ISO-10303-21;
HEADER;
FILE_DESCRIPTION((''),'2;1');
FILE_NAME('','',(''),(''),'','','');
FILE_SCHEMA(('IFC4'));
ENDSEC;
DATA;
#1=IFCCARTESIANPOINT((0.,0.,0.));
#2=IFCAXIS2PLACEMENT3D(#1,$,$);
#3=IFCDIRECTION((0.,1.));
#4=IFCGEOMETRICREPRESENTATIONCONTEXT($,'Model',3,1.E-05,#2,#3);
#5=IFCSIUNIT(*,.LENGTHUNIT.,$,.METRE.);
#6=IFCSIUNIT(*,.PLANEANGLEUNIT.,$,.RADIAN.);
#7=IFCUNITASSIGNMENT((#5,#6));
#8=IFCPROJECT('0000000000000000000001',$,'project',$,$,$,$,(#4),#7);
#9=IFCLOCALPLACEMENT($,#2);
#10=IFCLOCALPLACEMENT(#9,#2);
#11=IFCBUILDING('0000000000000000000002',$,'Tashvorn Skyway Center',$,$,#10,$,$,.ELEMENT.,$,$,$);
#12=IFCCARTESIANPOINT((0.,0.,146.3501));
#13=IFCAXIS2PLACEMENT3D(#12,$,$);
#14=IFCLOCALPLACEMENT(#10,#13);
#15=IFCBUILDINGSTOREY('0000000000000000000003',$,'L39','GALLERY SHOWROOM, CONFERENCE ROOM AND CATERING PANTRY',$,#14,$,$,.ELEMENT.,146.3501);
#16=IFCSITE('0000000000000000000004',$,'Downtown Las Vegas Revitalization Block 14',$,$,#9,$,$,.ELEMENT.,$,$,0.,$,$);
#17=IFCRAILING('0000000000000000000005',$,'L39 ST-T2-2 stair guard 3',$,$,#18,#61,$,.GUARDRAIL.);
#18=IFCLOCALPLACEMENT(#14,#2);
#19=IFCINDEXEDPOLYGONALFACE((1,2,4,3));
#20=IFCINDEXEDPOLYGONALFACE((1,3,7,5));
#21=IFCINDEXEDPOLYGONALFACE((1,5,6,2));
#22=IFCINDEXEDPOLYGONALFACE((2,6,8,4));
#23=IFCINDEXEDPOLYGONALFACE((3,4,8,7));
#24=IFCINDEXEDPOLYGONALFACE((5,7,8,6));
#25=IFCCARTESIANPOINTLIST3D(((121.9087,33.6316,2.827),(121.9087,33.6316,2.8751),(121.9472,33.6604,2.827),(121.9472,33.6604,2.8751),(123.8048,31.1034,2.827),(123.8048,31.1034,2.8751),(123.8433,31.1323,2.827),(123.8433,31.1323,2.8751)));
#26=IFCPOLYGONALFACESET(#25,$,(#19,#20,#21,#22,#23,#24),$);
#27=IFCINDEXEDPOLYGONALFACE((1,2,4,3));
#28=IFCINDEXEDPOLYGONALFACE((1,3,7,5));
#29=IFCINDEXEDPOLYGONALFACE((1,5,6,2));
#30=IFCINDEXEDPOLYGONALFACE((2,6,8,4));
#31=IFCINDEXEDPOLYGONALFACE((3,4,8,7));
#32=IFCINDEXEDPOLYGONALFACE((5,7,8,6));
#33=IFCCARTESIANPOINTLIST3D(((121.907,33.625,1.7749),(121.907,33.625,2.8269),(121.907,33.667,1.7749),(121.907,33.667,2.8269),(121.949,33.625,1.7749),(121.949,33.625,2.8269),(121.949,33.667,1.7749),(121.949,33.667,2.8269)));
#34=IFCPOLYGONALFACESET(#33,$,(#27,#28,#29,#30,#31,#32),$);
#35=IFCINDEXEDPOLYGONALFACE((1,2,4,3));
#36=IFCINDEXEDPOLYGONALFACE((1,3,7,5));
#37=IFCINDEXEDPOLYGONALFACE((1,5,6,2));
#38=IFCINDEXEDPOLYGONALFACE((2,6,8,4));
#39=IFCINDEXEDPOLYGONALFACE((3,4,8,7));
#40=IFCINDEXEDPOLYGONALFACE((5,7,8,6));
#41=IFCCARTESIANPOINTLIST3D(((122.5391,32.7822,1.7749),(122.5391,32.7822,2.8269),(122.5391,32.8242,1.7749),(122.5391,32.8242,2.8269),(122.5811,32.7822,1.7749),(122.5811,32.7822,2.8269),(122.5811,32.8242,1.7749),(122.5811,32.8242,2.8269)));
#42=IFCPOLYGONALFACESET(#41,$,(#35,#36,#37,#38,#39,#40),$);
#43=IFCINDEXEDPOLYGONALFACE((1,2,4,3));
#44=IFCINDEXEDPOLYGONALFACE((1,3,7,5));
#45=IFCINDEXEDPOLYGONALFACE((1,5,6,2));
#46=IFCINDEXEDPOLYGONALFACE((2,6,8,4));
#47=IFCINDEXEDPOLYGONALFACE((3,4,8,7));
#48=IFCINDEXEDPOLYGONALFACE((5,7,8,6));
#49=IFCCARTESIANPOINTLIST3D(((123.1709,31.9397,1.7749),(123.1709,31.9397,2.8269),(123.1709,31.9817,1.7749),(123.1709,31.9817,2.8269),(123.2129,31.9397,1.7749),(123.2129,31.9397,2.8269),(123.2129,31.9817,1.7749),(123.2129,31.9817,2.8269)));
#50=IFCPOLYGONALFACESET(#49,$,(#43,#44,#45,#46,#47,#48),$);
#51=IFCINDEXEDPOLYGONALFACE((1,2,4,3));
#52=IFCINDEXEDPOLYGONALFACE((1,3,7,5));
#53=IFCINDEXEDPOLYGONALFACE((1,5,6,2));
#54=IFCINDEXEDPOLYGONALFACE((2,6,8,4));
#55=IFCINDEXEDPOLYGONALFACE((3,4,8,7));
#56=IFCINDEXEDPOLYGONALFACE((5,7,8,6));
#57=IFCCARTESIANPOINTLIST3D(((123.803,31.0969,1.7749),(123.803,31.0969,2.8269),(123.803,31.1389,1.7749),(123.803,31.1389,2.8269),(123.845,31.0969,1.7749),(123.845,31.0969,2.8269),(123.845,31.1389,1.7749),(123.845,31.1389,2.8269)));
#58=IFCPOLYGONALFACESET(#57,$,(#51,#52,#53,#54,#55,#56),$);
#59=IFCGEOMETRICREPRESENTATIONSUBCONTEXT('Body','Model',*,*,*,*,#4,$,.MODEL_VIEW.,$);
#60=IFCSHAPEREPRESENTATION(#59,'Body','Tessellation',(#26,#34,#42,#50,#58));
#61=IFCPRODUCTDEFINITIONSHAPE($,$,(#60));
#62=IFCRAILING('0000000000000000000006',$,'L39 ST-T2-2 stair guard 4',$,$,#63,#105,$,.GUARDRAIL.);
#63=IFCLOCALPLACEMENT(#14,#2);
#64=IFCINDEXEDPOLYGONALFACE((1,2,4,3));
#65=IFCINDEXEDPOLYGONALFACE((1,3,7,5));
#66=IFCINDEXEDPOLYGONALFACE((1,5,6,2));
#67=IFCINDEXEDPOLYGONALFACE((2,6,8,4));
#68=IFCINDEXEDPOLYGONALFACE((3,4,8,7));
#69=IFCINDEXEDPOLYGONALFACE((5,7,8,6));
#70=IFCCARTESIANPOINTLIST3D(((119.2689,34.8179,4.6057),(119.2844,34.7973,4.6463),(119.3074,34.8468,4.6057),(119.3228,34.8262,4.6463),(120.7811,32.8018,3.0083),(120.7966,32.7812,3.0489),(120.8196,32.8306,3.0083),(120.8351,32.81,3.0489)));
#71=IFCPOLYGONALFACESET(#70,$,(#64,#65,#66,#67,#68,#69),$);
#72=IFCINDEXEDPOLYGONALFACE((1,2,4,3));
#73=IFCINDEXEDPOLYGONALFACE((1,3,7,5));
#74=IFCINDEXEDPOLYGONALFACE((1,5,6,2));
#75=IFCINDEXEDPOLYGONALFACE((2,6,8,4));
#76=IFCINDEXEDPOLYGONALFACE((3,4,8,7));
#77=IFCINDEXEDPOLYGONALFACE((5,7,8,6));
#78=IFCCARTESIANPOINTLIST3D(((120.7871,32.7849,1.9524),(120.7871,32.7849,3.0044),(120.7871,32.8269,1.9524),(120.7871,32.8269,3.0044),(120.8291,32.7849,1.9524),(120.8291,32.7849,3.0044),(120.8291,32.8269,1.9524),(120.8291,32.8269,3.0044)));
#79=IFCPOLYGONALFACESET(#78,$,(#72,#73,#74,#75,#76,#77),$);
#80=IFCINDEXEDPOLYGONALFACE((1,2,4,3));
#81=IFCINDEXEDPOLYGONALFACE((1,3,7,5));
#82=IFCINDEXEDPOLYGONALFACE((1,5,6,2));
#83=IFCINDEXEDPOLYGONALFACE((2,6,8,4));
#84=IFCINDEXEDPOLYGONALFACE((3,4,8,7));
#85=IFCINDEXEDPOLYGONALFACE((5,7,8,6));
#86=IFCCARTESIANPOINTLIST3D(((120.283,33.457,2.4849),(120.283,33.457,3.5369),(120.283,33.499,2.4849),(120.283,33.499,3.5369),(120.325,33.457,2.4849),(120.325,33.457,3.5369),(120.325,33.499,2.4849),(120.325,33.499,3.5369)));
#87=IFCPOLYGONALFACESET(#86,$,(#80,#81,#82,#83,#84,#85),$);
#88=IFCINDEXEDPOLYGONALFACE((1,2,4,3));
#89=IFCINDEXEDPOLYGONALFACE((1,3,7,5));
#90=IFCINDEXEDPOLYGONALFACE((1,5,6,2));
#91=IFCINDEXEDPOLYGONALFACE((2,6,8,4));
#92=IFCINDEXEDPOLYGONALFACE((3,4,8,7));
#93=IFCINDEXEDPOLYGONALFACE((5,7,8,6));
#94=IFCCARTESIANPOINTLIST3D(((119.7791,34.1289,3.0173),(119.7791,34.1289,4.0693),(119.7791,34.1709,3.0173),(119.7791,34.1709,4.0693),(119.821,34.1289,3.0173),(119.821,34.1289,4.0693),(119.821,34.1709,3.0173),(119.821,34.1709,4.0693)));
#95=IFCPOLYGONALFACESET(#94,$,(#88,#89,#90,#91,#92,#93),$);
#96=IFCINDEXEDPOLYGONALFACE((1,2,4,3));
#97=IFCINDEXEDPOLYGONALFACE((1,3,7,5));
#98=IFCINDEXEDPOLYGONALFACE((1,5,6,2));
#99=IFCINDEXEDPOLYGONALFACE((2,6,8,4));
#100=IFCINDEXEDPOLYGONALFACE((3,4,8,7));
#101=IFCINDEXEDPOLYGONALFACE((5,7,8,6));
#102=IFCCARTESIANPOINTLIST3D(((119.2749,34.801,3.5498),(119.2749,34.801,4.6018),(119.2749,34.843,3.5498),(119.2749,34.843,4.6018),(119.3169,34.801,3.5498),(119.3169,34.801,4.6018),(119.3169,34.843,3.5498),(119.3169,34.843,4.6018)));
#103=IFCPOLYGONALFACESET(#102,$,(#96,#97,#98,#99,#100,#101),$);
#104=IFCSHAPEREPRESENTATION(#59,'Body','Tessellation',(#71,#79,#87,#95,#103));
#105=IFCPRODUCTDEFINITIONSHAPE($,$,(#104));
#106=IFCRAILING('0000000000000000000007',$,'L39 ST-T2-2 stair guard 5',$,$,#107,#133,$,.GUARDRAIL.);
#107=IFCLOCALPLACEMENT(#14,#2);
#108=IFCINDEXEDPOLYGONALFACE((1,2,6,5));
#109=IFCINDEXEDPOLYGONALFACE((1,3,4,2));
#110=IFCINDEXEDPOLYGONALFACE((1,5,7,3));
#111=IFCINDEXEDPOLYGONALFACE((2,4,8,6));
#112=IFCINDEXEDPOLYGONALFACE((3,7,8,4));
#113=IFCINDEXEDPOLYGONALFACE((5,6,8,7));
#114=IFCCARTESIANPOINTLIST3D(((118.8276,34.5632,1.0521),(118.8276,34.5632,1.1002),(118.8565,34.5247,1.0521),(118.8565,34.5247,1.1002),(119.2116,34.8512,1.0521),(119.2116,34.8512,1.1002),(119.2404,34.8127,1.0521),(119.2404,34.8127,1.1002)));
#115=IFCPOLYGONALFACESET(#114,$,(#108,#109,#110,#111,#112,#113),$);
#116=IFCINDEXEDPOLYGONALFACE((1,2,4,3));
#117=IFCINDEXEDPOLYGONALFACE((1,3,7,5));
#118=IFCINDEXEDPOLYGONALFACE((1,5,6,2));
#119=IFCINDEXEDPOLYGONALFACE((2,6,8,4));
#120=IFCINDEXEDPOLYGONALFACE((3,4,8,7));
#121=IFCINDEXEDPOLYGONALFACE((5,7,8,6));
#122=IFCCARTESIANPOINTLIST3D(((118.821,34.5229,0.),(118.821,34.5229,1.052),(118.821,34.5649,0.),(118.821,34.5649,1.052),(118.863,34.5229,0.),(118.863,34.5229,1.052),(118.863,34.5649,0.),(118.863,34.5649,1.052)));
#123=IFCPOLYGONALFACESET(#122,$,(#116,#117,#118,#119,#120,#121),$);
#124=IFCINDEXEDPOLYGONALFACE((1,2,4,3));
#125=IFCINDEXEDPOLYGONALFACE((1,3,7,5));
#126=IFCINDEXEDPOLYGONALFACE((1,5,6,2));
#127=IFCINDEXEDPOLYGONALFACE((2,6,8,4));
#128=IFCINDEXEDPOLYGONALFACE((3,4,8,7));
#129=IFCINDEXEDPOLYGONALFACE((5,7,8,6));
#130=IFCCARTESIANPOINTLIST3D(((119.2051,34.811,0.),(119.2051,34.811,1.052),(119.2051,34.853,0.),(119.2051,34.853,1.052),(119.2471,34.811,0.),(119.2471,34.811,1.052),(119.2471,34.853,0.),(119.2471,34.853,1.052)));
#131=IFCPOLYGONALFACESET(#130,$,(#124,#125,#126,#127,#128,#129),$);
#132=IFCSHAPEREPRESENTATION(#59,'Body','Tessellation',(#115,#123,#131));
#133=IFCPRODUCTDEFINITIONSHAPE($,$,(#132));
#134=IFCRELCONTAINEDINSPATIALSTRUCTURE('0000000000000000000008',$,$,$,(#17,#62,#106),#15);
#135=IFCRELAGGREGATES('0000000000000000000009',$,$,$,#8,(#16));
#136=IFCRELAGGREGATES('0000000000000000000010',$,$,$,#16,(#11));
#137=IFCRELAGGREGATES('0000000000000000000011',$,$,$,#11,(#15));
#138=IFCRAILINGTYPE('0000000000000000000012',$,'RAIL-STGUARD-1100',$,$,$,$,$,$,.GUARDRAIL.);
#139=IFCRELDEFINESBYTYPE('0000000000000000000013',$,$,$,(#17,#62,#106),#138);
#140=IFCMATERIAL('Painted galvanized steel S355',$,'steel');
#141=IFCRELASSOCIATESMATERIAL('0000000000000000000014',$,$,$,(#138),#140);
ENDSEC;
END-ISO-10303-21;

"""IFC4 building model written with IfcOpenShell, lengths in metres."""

from ifc_helpers import new_model, si_unit, direction, frame, origin, origin_2d, place, context, subcontext, project, spatial, rectangle, extrude, material, type_object, element, save


model = new_model("IFC4")

# Units and contexts
model_context = context("Model", 3, precision=1e-05, world=origin(), true_north=direction((0.0, 1.0)))
body_context = subcontext(model_context, "Body", "Model", "MODEL_VIEW")
ifc_project = project(units=[si_unit("LENGTHUNIT", "METRE"), si_unit("PLANEANGLEUNIT", "RADIAN")], contexts=[model_context])

# Site, building, storey
site_placement = place(None, origin())
site = spatial("IfcSite", under=ifc_project, at=site_placement, Name="Downtown Las Vegas Revitalization Block 14", CompositionType="ELEMENT", RefElevation=0.0)
building_placement = place(site_placement, origin())
building = spatial("IfcBuilding", under=site, at=building_placement, Name="Tashvorn Skyway Center", CompositionType="ELEMENT")
storey_placement = place(building_placement, frame((0.0, 0.0, 146.3501)))
storey = spatial("IfcBuildingStorey", under=building, at=storey_placement, Name="L39", Description="GALLERY SHOWROOM, CONFERENCE ROOM AND CATERING PANTRY", CompositionType="ELEMENT", Elevation=146.3501)

# Railings
ifc_material_1 = material(Name="Painted galvanized steel S355", Category="steel")
railing_type_1 = type_object("IfcRailingType", Name="RAIL-STGUARD-1100", PredefinedType="GUARDRAIL", material=ifc_material_1)
railing_1_placement = place(storey_placement, frame((121.928, 33.646, 1.7749)))
element("IfcRailing", 1, at=railing_1_placement, inside=storey, type_object=railing_type_1, Name="L39 ST-T2-2 stair guard 3", PredefinedType="GUARDRAIL", context=body_context, shape_type="SweptSolid", body=[
    extrude(rectangle(XDim=0.0481, YDim=0.0481, at=origin_2d()), frame((0.0, 0.0, 1.0762), z_axis=(0.599988, -0.800009, 0.0), x_axis=(0.800009, 0.599988, 0.0)), (0.0, 0.0, 1.0), 3.1602),
    extrude(rectangle(XDim=0.042, YDim=0.042, at=origin_2d()), origin(), (0.0, 0.0, 1.0), 1.052),
    extrude(rectangle(XDim=0.042, YDim=0.042, at=origin_2d()), frame((0.6321, -0.8428, 0.0)), (0.0, 0.0, 1.0), 1.052),
    extrude(rectangle(XDim=0.042, YDim=0.042, at=origin_2d()), frame((1.2639, -1.6853, 0.0)), (0.0, 0.0, 1.0), 1.052),
    extrude(rectangle(XDim=0.042, YDim=0.042, at=origin_2d()), frame((1.896, -2.5281, 0.0)), (0.0, 0.0, 1.0), 1.052),
])
railing_2_placement = place(storey_placement, frame((120.8081, 32.8059, 1.9524)))
element("IfcRailing", 2, at=railing_2_placement, inside=storey, type_object=railing_type_1, Name="L39 ST-T2-2 stair guard 4", PredefinedType="GUARDRAIL", context=body_context, shape_type="SweptSolid", body=[
    extrude(rectangle(XDim=0.0481, YDim=0.0481, at=origin_2d()), frame((0.0, 0.0, 1.0762), z_axis=(-0.506802, 0.675681, 0.535357), x_axis=(-0.799977, -0.600031, 0.0)), (0.0, 0.0, 1.0), 2.9839),
    extrude(rectangle(XDim=0.042, YDim=0.042, at=origin_2d()), origin(), (0.0, 0.0, 1.0), 1.052),
    extrude(rectangle(XDim=0.042, YDim=0.042, at=origin_2d()), frame((-0.5042, 0.6721, 0.5325)), (0.0, 0.0, 1.0), 1.052),
    extrude(rectangle(XDim=0.042, YDim=0.042, at=origin_2d()), frame((-1.0081, 1.344, 1.0649)), (0.0, 0.0, 1.0), 1.052),
    extrude(rectangle(XDim=0.042, YDim=0.042, at=origin_2d()), frame((-1.5122, 2.0161, 1.5974)), (0.0, 0.0, 1.0), 1.052),
])
railing_3_placement = place(storey_placement, frame((118.842, 34.5439, 0.0)))
element("IfcRailing", 3, at=railing_3_placement, inside=storey, type_object=railing_type_1, Name="L39 ST-T2-2 stair guard 5", PredefinedType="GUARDRAIL", context=body_context, shape_type="SweptSolid", body=[
    extrude(rectangle(XDim=0.0481, YDim=0.0481, at=origin_2d()), frame((0.0, 0.0, 1.0762), z_axis=(0.799939, 0.600081, 0.0), x_axis=(-0.600081, 0.799939, 0.0)), (0.0, 0.0, 1.0), 0.48),
    extrude(rectangle(XDim=0.042, YDim=0.042, at=origin_2d()), origin(), (0.0, 0.0, 1.0), 1.052),
    extrude(rectangle(XDim=0.042, YDim=0.042, at=origin_2d()), frame((0.384, 0.2881, 0.0)), (0.0, 0.0, 1.0), 1.052),
])

save(model, "model.ifc")
